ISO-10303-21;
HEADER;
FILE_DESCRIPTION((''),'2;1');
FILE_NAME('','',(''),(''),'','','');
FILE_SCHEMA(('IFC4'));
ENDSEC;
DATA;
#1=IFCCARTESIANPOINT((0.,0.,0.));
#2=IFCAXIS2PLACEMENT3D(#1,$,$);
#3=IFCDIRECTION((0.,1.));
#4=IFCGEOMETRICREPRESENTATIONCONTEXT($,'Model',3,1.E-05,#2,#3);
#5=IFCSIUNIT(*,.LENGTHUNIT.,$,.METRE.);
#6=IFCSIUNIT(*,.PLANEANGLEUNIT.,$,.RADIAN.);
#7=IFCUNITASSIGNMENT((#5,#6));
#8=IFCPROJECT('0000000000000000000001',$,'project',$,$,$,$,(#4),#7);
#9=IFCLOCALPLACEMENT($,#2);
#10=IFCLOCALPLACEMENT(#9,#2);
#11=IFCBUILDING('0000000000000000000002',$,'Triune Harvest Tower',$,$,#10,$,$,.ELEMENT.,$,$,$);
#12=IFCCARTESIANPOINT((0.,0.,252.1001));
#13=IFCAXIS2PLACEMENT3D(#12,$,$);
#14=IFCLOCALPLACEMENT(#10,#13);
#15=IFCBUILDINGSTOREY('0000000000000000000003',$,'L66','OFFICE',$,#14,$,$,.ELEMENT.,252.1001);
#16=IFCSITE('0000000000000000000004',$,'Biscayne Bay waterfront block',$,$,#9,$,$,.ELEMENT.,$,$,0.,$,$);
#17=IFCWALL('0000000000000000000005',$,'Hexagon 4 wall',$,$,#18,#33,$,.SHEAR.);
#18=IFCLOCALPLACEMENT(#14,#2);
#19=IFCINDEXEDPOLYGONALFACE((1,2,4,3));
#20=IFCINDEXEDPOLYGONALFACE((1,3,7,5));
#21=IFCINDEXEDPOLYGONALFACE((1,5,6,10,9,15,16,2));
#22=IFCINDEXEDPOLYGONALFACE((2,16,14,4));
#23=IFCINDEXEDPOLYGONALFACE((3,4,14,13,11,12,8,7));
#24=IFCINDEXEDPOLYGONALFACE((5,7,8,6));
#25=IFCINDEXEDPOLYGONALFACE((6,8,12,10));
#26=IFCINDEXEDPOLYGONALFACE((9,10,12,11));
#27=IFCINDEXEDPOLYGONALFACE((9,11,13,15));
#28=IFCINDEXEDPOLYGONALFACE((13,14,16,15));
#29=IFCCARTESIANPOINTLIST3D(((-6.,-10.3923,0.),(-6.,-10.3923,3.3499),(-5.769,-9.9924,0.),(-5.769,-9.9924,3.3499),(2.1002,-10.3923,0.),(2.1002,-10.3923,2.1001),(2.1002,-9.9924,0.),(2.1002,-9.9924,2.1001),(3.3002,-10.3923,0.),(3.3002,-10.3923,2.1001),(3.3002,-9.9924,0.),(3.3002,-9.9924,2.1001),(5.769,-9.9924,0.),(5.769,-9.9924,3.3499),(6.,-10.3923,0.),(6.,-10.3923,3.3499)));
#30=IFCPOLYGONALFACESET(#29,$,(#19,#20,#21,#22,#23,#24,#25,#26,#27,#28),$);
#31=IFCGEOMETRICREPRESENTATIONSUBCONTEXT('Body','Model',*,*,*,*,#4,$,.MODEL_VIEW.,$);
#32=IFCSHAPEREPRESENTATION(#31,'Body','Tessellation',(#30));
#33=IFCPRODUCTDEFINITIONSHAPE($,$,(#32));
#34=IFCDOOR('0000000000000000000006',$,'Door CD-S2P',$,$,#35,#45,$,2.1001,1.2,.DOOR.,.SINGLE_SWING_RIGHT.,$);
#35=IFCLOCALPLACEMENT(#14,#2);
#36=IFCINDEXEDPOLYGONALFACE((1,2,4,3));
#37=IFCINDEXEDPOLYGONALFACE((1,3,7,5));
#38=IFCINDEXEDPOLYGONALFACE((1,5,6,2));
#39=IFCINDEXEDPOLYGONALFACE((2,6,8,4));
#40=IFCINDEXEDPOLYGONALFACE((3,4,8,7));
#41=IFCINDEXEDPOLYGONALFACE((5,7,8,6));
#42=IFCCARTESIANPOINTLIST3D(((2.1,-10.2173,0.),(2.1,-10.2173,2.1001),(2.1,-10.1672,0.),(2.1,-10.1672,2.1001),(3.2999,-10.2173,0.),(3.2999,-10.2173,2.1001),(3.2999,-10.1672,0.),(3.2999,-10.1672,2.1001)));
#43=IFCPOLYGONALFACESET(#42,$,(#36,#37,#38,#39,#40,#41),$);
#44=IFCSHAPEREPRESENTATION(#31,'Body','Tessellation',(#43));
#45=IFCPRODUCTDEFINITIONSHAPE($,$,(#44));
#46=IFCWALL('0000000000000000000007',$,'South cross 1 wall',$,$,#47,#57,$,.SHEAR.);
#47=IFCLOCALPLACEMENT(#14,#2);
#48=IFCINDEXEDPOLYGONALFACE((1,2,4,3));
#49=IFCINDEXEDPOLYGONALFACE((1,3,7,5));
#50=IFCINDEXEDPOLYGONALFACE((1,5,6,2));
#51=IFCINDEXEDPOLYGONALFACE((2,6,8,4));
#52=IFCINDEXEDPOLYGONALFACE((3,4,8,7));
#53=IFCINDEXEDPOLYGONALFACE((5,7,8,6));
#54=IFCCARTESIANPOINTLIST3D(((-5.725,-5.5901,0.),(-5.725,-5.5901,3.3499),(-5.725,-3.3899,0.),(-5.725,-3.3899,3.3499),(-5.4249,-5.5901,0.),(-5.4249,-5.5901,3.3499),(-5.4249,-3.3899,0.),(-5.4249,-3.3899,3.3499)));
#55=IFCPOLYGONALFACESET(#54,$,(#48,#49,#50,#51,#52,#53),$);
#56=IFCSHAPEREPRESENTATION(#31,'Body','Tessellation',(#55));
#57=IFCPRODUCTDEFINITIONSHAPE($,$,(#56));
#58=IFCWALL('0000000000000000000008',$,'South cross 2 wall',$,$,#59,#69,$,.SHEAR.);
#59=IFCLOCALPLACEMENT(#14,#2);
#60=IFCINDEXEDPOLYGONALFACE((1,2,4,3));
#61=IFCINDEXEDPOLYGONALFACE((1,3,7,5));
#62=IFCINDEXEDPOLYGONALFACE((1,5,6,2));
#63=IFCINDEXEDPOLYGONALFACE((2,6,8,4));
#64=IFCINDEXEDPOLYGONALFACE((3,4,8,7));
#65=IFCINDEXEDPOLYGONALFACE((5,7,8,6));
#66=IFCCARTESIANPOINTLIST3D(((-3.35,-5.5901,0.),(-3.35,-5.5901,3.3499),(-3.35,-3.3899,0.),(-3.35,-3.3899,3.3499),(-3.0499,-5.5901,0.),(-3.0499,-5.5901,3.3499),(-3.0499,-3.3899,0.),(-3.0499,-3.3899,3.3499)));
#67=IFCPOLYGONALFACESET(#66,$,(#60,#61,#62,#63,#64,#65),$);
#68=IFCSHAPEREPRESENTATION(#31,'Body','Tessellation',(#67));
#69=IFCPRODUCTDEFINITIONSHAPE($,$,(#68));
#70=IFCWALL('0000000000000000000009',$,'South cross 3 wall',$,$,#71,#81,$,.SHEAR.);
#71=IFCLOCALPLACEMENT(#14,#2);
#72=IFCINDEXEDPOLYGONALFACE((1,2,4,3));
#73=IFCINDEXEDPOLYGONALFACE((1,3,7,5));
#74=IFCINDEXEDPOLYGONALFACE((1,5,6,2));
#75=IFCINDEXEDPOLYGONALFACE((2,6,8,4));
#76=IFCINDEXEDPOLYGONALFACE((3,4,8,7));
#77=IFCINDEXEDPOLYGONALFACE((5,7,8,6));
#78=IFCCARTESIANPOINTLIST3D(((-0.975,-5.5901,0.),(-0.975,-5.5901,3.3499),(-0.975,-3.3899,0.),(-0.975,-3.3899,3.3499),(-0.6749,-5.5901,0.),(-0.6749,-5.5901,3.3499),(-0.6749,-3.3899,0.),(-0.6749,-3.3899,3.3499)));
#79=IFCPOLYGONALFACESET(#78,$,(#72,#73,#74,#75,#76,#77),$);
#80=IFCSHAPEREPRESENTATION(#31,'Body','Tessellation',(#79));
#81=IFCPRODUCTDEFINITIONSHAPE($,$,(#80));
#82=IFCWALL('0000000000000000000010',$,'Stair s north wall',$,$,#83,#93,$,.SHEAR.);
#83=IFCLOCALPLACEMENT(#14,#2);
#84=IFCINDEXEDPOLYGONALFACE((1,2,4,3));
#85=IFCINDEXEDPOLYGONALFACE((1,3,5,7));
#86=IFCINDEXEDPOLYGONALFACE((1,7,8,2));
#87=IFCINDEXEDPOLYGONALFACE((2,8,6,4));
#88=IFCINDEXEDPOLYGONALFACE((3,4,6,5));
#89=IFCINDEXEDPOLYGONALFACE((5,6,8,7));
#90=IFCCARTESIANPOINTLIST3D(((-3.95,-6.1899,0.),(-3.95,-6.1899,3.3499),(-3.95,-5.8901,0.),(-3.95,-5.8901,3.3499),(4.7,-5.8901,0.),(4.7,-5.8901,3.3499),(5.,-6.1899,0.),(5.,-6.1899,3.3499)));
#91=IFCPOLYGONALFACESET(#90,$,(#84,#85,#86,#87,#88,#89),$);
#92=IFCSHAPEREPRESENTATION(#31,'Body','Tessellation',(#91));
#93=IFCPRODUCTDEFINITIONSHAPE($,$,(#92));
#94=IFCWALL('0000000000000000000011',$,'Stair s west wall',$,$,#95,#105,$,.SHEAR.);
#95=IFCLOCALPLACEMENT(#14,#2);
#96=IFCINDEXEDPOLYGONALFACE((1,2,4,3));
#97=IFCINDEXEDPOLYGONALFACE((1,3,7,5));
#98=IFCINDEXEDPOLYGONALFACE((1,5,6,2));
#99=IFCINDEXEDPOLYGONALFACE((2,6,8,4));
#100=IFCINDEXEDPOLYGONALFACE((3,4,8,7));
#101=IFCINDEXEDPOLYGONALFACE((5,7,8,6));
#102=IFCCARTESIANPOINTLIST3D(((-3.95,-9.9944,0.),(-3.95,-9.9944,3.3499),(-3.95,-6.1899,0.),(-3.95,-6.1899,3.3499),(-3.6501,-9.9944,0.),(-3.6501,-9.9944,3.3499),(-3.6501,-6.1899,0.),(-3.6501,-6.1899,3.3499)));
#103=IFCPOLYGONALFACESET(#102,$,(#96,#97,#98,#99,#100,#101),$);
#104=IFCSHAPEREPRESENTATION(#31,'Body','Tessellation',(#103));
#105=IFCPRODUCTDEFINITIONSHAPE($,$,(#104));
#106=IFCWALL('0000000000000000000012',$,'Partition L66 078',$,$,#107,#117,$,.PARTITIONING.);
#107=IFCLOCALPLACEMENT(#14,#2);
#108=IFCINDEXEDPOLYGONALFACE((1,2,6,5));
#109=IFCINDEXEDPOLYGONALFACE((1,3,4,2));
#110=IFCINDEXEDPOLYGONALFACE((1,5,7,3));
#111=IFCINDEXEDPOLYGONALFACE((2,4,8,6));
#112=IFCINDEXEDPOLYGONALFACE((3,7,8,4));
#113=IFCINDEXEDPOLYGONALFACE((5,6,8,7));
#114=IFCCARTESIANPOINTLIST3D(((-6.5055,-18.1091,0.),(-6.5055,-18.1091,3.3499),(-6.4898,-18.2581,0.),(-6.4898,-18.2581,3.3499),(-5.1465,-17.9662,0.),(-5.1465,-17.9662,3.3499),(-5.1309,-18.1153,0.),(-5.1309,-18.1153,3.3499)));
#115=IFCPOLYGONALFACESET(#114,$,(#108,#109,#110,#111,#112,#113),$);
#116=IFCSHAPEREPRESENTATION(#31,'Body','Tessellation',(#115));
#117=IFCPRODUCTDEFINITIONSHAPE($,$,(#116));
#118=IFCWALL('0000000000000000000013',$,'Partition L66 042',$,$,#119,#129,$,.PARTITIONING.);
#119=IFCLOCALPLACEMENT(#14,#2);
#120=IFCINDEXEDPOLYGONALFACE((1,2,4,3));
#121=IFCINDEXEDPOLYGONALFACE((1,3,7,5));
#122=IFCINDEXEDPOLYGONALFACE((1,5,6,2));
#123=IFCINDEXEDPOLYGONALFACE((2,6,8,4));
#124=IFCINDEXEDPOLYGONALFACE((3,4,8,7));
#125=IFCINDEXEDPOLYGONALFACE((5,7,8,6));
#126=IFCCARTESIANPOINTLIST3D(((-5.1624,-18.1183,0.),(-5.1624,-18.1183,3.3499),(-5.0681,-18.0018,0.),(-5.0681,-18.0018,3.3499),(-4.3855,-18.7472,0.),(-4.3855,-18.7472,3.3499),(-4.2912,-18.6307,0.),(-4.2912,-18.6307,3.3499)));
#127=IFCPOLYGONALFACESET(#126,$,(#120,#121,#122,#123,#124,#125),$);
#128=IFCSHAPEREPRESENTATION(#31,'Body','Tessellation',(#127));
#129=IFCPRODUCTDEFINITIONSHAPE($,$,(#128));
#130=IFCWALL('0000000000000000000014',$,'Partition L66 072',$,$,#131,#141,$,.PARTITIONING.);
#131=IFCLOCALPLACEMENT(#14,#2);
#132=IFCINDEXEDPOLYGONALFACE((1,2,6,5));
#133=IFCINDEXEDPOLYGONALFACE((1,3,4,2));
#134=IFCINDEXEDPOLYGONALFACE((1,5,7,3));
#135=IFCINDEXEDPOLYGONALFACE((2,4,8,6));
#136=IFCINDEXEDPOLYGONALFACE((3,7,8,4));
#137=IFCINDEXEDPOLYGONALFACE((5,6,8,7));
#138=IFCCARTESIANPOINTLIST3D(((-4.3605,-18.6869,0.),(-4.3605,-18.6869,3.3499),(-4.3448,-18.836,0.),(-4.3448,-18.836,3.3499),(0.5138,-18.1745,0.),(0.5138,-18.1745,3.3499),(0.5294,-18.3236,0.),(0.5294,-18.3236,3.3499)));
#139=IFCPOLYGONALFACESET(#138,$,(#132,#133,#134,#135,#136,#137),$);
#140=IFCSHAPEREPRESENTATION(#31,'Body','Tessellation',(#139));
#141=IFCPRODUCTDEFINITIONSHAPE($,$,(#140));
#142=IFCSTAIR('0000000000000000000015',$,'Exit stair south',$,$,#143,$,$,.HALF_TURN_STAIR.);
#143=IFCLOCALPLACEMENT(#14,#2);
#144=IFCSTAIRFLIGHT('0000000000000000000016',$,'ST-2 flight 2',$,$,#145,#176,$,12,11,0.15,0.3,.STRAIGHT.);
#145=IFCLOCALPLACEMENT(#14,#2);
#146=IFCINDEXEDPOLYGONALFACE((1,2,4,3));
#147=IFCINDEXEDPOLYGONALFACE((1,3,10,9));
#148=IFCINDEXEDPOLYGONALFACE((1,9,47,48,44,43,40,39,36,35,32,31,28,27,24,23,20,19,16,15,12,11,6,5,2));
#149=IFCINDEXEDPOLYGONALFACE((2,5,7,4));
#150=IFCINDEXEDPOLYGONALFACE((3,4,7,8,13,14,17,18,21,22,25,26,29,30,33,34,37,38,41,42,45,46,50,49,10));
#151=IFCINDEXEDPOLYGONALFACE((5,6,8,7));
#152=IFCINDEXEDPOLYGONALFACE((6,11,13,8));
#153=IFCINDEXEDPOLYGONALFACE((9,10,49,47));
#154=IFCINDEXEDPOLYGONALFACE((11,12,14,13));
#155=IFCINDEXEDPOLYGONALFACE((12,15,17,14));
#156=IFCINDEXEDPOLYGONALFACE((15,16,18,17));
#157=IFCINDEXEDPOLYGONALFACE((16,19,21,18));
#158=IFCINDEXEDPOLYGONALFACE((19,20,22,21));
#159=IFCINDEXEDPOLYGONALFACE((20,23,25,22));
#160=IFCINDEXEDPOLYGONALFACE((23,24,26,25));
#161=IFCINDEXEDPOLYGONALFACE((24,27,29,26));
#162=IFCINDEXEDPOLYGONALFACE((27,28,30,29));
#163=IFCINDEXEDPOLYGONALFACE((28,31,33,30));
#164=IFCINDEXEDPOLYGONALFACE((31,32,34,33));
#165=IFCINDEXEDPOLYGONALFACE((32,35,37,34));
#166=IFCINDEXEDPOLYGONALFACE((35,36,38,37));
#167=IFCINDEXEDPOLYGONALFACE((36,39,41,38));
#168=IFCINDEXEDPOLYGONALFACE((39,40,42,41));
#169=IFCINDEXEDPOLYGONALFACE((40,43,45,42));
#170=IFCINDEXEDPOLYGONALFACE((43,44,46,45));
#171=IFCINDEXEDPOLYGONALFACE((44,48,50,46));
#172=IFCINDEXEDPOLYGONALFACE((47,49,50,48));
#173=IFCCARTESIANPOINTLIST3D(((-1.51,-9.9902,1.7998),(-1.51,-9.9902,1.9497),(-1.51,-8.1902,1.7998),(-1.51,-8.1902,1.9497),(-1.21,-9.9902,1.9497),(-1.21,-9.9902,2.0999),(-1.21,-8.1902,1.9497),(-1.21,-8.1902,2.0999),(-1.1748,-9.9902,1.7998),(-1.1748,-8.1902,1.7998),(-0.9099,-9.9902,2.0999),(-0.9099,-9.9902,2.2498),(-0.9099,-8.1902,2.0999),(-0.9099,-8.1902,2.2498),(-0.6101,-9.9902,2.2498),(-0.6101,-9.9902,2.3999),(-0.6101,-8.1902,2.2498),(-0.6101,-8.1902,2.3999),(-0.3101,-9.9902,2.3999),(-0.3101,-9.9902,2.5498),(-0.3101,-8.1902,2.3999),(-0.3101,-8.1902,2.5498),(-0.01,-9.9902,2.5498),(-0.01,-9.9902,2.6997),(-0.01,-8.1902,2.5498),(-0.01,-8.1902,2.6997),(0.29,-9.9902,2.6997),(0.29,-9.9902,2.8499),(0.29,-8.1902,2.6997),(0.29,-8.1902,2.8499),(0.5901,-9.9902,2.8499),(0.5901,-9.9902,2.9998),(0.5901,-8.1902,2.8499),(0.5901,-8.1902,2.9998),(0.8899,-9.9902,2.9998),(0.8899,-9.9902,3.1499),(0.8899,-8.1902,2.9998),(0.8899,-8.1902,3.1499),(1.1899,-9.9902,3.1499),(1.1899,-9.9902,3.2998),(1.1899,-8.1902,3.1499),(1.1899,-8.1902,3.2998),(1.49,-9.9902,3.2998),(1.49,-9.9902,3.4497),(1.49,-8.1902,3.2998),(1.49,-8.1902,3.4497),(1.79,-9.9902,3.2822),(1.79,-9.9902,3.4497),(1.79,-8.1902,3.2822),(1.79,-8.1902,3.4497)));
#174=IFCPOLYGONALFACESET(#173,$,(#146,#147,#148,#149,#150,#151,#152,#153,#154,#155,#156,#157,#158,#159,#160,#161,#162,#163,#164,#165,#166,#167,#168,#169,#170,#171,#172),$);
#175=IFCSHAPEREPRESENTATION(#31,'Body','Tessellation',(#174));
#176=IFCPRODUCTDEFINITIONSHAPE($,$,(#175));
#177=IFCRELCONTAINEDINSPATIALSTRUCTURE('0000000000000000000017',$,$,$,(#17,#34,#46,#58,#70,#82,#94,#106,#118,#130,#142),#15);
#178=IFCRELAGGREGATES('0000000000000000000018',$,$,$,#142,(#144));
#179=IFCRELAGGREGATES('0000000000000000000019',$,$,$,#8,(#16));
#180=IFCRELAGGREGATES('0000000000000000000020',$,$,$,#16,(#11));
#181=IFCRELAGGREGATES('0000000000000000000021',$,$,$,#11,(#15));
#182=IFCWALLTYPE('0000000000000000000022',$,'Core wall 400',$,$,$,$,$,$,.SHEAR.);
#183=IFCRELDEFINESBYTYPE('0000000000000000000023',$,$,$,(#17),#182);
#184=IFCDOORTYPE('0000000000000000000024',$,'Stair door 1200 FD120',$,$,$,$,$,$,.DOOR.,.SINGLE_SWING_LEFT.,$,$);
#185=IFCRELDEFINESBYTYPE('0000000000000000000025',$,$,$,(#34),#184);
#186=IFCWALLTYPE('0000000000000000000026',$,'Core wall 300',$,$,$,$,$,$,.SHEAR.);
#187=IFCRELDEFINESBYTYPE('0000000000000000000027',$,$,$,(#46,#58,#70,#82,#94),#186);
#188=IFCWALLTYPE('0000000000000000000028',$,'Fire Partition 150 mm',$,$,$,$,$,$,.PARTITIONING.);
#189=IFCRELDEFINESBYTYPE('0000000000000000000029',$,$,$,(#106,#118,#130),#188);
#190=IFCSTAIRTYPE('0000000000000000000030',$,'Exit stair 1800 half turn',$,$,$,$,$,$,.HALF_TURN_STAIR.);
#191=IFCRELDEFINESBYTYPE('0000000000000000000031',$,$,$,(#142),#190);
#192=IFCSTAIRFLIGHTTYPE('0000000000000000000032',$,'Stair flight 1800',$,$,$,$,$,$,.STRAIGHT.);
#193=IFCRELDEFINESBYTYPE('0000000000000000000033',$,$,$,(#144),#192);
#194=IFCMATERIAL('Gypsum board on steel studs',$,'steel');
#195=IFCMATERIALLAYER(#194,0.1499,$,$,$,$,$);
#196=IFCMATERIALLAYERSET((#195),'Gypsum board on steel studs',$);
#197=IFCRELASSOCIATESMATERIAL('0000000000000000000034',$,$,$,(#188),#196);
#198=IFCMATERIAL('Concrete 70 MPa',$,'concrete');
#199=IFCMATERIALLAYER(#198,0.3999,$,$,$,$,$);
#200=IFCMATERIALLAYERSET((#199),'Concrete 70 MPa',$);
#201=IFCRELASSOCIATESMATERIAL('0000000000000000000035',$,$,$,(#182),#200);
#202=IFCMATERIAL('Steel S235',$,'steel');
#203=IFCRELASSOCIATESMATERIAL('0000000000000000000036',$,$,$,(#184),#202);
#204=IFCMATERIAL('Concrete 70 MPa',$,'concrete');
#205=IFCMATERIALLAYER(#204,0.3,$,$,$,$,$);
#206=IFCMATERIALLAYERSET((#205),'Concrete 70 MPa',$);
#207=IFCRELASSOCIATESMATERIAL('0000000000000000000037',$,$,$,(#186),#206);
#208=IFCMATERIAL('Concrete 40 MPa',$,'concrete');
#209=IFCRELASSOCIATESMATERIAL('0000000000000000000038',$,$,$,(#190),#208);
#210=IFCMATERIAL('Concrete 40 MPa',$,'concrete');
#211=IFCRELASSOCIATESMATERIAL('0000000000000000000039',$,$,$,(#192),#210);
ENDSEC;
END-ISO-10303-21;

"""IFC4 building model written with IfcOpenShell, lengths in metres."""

from ifc_helpers import new_model, si_unit, direction, frame, frame_2d, origin, place, context, subcontext, project, spatial, polyline, rectangle, outline, extrude, source, transform, mapped, material, layer, layer_set, type_object, element, fill, aggregate, save


model = new_model("IFC4")

# Units and contexts
model_context = context("Model", 3, precision=1e-05, world=origin(), true_north=direction((0.0, 1.0)))
body_context = subcontext(model_context, "Body", "Model", "MODEL_VIEW")
ifc_project = project(units=[si_unit("LENGTHUNIT", "METRE"), si_unit("PLANEANGLEUNIT", "RADIAN")], contexts=[model_context])

# Site, building, storey
site_placement = place(None, origin())
site = spatial("IfcSite", under=ifc_project, at=site_placement, Name="Biscayne Bay waterfront block", CompositionType="ELEMENT", RefElevation=0.0)
building_placement = place(site_placement, origin())
building = spatial("IfcBuilding", under=site, at=building_placement, Name="Triune Harvest Tower", CompositionType="ELEMENT")
storey_placement = place(building_placement, frame((0.0, 0.0, 252.1001)))
storey = spatial("IfcBuildingStorey", under=building, at=storey_placement, Name="L66", Description="OFFICE", CompositionType="ELEMENT", Elevation=252.1001)

# Wall, opening, door
ifc_material_1 = material(Name="Gypsum board on steel studs", Category="steel")
ifc_layer_1 = layer(ifc_material_1, 0.1499)
ifc_layer_set_1 = layer_set([ifc_layer_1], Name="Gypsum board on steel studs")
wall_type_1 = type_object("IfcWallType", Name="Fire Partition 150 mm", PredefinedType="PARTITIONING", material=ifc_layer_set_1)
ifc_material_2 = material(Name="Concrete 70 MPa", Category="concrete")
ifc_layer_2 = layer(ifc_material_2, 0.3999)
ifc_layer_set_2 = layer_set([ifc_layer_2], Name="Concrete 70 MPa")
wall_type_2 = type_object("IfcWallType", Name="Core wall 400", PredefinedType="SHEAR", material=ifc_layer_set_2)
shared_shape_1 = source(origin(), body_context, "Body", "SweptSolid", [
    extrude(outline(polyline([(-0.1155, -0.2), (11.8845, -0.2), (11.6536, 0.2), (0.1155, 0.2), (-0.1155, -0.2)])), origin(), (0.0, 0.0, 1.0), 3.3499),
])
wall_1_placement = place(storey_placement, frame((-5.8845, -10.1924, 0.0), z_axis=(0.0, 0.0, 1.0), x_axis=(1.0, 0.0, 0.0)))
wall_1 = element("IfcWall", 1, at=wall_1_placement, inside=storey, type_object=wall_type_2, Name="Hexagon 4 wall", PredefinedType="SHEAR", context=body_context, shape_type="MappedRepresentation", body=[
    mapped(shared_shape_1, transform((0.0, 0.0, 0.0), scale=1.0)),
])
opening_1_placement = place(wall_1_placement, frame((7.9846, 0.0, 0.0)))
opening_1 = element("IfcOpeningElement", 2, at=opening_1_placement, cuts=wall_1, PredefinedType="OPENING", context=body_context, shape_type="SweptSolid", body=[
    extrude(rectangle(XDim=1.2, YDim=2.1001, at=frame_2d((0.6001, 1.05))), frame((0.0, 0.21, 0.0), z_axis=(0.0, -1.0, 0.0), x_axis=(1.0, 0.0, 0.0)), (0.0, 0.0, 1.0), 0.4199),
])
ifc_material_3 = material(Name="Steel S235", Category="steel")
door_type_1 = type_object("IfcDoorType", Name="Stair door 1200 FD120", OperationType="SINGLE_SWING_LEFT", PredefinedType="DOOR", material=ifc_material_3)
door_1_placement = place(opening_1_placement, frame((1.2, 0.0, 0.0), z_axis=(0.0, 0.0, 1.0), x_axis=(-1.0, 0.0, 0.0)))
door_1 = element("IfcDoor", 3, at=door_1_placement, inside=storey, type_object=door_type_1, Name="Door CD-S2P", OperationType="SINGLE_SWING_RIGHT", OverallHeight=2.1001, OverallWidth=1.2, PredefinedType="DOOR", context=body_context, shape_type="SweptSolid", body=[
    extrude(rectangle(XDim=1.2, YDim=2.1001, at=frame_2d((0.6001, 1.05))), frame((0.0, 0.0249, 0.0), z_axis=(0.0, -1.0, 0.0), x_axis=(1.0, 0.0, 0.0)), (0.0, 0.0, 1.0), 0.05),
])
fill(opening_1, door_1)

# Walls
ifc_material_4 = material(Name="Concrete 70 MPa", Category="concrete")
ifc_layer_3 = layer(ifc_material_4, 0.3)
ifc_layer_set_3 = layer_set([ifc_layer_3], Name="Concrete 70 MPa")
wall_type_3 = type_object("IfcWallType", Name="Core wall 300", PredefinedType="SHEAR", material=ifc_layer_set_3)
shared_shape_2 = source(origin(), body_context, "Body", "SweptSolid", [
    extrude(rectangle(XDim=2.2002, YDim=0.3, at=frame_2d((1.1001, 0.0))), origin(), (0.0, 0.0, 1.0), 3.3499),
])
for number, where, z_axis, x_axis, name in (
    (4, (-5.575, -5.5901, 0.0), (0.0, 0.0, 1.0), (0.0, 1.0, 0.0), "South cross 1 wall"),
    (5, (-3.2, -5.5901, 0.0), (0.0, 0.0, 1.0), (0.0, 1.0, 0.0), "South cross 2 wall"),
    (6, (-0.825, -5.5901, 0.0), (0.0, 0.0, 1.0), (0.0, 1.0, 0.0), "South cross 3 wall"),
):
    element("IfcWall", number, at=place(storey_placement, frame(where, z_axis=z_axis, x_axis=x_axis)), inside=storey, type_object=wall_type_3, Name=name, PredefinedType="SHEAR", context=body_context, shape_type="MappedRepresentation", body=[
        mapped(shared_shape_2, transform((0.0, 0.0, 0.0), scale=1.0)),
    ])
shared_shape_3 = source(origin(), body_context, "Body", "SweptSolid", [
    extrude(outline(polyline([(0.0, -0.1499), (8.95, -0.1499), (8.6499, 0.1499), (0.0, 0.1499), (0.0, -0.1499)])), origin(), (0.0, 0.0, 1.0), 3.3499),
])
wall_2_placement = place(storey_placement, frame((-3.95, -6.04, 0.0), z_axis=(0.0, 0.0, 1.0), x_axis=(1.0, 0.0, 0.0)))
element("IfcWall", 7, at=wall_2_placement, inside=storey, type_object=wall_type_3, Name="Stair s north wall", PredefinedType="SHEAR", context=body_context, shape_type="MappedRepresentation", body=[
    mapped(shared_shape_3, transform((0.0, 0.0, 0.0), scale=1.0)),
])
shared_shape_4 = source(origin(), body_context, "Body", "SweptSolid", [
    extrude(outline(polyline([(3.8, -0.1499), (-0.0044, -0.1499), (-0.0044, 0.1499), (3.8, 0.1499), (3.8, -0.1499)])), origin(), (0.0, 0.0, 1.0), 3.3499),
])
wall_3_placement = place(storey_placement, frame((-3.8, -9.99, 0.0), z_axis=(0.0, 0.0, 1.0), x_axis=(0.0, 1.0, 0.0)))
element("IfcWall", 8, at=wall_3_placement, inside=storey, type_object=wall_type_3, Name="Stair s west wall", PredefinedType="SHEAR", context=body_context, shape_type="MappedRepresentation", body=[
    mapped(shared_shape_4, transform((0.0, 0.0, 0.0), scale=1.0)),
])
shared_shape_5 = source(origin(), body_context, "Body", "SweptSolid", [
    extrude(rectangle(XDim=1.3665, YDim=0.1499, at=frame_2d((0.6831, 0.0))), origin(), (0.0, 0.0, 1.0), 3.3499),
])
wall_4_placement = place(storey_placement, frame((-6.4976, -18.1836, 0.0), z_axis=(0.0, 0.0, 1.0), x_axis=(0.994522, 0.104527, 0.0)))
element("IfcWall", 9, at=wall_4_placement, inside=storey, type_object=wall_type_1, Name="Partition L66 078", PredefinedType="PARTITIONING", context=body_context, shape_type="MappedRepresentation", body=[
    mapped(shared_shape_5, transform((0.0, 0.0, 0.0), scale=1.0)),
])
shared_shape_6 = source(origin(), body_context, "Body", "SweptSolid", [
    extrude(rectangle(XDim=0.9995, YDim=0.1499, at=frame_2d((0.4998, 0.0))), origin(), (0.0, 0.0, 1.0), 3.3499),
])
wall_5_placement = place(storey_placement, frame((-5.1152, -18.0601, 0.0), z_axis=(0.0, 0.0, 1.0), x_axis=(0.777233, -0.629212, 0.0)))
element("IfcWall", 10, at=wall_5_placement, inside=storey, type_object=wall_type_1, Name="Partition L66 042", PredefinedType="PARTITIONING", context=body_context, shape_type="MappedRepresentation", body=[
    mapped(shared_shape_6, transform((0.0, 0.0, 0.0), scale=1.0)),
])
shared_shape_7 = source(origin(), body_context, "Body", "SweptSolid", [
    extrude(rectangle(XDim=4.9011, YDim=0.1499, at=frame_2d((2.4507, 0.0))), origin(), (0.0, 0.0, 1.0), 3.3499),
])
wall_6_placement = place(storey_placement, frame((-4.3528, -18.7615, 0.0), z_axis=(0.0, 0.0, 1.0), x_axis=(0.994519, 0.104558, 0.0)))
element("IfcWall", 11, at=wall_6_placement, inside=storey, type_object=wall_type_1, Name="Partition L66 072", PredefinedType="PARTITIONING", context=body_context, shape_type="MappedRepresentation", body=[
    mapped(shared_shape_7, transform((0.0, 0.0, 0.0), scale=1.0)),
])

# Stair, stair flight
ifc_material_5 = material(Name="Concrete 40 MPa", Category="concrete")
stair_type = type_object("IfcStairType", Name="Exit stair 1800 half turn", PredefinedType="HALF_TURN_STAIR", material=ifc_material_5)
stair_placement = place(storey_placement, origin())
stair = element("IfcStair", 12, at=stair_placement, inside=storey, type_object=stair_type, Name="Exit stair south", PredefinedType="HALF_TURN_STAIR")
ifc_material_6 = material(Name="Concrete 40 MPa", Category="concrete")
stair_flight_type = type_object("IfcStairFlightType", Name="Stair flight 1800", PredefinedType="STRAIGHT", material=ifc_material_6)
shared_shape_8 = source(origin(), body_context, "Body", "SweptSolid", [
    extrude(outline(polyline([(0.0, 0.0), (0.0, 0.1499), (0.3, 0.1499), (0.3, 0.3), (0.6001, 0.3), (0.6001, 0.45), (0.8999, 0.45), (0.8999, 0.6001), (1.2, 0.6001), (1.2, 0.75), (1.5, 0.75), (1.5, 0.8999), (1.8, 0.8999), (1.8, 1.05), (2.1001, 1.05), (2.1001, 1.2), (2.3999, 1.2), (2.3999, 1.3501), (2.7, 1.3501), (2.7, 1.5), (3.0, 1.5), (3.0, 1.6499), (3.3, 1.6499), (3.3, 1.8), (3.3, 1.4824), (0.3352, 0.0), (0.0, 0.0)])), frame((0.0, 0.8999, 0.0), z_axis=(0.0, -1.0, 0.0), x_axis=(1.0, 0.0, 0.0)), (0.0, 0.0, 1.0), 1.8),
])
stair_flight_placement = place(storey_placement, frame((-1.51, -9.0901, 1.7998), z_axis=(0.0, 0.0, 1.0), x_axis=(1.0, 0.0, 0.0)))
stair_flight = element("IfcStairFlight", 13, at=stair_flight_placement, type_object=stair_flight_type, Name="ST-2 flight 2", NumberOfRisers=12, NumberOfTreads=11, PredefinedType="STRAIGHT", RiserHeight=0.15, TreadLength=0.3, context=body_context, shape_type="MappedRepresentation", body=[
    mapped(shared_shape_8, transform((0.0, 0.0, 0.0), scale=1.0)),
])
aggregate(stair, [stair_flight])

save(model, "model.ifc")
